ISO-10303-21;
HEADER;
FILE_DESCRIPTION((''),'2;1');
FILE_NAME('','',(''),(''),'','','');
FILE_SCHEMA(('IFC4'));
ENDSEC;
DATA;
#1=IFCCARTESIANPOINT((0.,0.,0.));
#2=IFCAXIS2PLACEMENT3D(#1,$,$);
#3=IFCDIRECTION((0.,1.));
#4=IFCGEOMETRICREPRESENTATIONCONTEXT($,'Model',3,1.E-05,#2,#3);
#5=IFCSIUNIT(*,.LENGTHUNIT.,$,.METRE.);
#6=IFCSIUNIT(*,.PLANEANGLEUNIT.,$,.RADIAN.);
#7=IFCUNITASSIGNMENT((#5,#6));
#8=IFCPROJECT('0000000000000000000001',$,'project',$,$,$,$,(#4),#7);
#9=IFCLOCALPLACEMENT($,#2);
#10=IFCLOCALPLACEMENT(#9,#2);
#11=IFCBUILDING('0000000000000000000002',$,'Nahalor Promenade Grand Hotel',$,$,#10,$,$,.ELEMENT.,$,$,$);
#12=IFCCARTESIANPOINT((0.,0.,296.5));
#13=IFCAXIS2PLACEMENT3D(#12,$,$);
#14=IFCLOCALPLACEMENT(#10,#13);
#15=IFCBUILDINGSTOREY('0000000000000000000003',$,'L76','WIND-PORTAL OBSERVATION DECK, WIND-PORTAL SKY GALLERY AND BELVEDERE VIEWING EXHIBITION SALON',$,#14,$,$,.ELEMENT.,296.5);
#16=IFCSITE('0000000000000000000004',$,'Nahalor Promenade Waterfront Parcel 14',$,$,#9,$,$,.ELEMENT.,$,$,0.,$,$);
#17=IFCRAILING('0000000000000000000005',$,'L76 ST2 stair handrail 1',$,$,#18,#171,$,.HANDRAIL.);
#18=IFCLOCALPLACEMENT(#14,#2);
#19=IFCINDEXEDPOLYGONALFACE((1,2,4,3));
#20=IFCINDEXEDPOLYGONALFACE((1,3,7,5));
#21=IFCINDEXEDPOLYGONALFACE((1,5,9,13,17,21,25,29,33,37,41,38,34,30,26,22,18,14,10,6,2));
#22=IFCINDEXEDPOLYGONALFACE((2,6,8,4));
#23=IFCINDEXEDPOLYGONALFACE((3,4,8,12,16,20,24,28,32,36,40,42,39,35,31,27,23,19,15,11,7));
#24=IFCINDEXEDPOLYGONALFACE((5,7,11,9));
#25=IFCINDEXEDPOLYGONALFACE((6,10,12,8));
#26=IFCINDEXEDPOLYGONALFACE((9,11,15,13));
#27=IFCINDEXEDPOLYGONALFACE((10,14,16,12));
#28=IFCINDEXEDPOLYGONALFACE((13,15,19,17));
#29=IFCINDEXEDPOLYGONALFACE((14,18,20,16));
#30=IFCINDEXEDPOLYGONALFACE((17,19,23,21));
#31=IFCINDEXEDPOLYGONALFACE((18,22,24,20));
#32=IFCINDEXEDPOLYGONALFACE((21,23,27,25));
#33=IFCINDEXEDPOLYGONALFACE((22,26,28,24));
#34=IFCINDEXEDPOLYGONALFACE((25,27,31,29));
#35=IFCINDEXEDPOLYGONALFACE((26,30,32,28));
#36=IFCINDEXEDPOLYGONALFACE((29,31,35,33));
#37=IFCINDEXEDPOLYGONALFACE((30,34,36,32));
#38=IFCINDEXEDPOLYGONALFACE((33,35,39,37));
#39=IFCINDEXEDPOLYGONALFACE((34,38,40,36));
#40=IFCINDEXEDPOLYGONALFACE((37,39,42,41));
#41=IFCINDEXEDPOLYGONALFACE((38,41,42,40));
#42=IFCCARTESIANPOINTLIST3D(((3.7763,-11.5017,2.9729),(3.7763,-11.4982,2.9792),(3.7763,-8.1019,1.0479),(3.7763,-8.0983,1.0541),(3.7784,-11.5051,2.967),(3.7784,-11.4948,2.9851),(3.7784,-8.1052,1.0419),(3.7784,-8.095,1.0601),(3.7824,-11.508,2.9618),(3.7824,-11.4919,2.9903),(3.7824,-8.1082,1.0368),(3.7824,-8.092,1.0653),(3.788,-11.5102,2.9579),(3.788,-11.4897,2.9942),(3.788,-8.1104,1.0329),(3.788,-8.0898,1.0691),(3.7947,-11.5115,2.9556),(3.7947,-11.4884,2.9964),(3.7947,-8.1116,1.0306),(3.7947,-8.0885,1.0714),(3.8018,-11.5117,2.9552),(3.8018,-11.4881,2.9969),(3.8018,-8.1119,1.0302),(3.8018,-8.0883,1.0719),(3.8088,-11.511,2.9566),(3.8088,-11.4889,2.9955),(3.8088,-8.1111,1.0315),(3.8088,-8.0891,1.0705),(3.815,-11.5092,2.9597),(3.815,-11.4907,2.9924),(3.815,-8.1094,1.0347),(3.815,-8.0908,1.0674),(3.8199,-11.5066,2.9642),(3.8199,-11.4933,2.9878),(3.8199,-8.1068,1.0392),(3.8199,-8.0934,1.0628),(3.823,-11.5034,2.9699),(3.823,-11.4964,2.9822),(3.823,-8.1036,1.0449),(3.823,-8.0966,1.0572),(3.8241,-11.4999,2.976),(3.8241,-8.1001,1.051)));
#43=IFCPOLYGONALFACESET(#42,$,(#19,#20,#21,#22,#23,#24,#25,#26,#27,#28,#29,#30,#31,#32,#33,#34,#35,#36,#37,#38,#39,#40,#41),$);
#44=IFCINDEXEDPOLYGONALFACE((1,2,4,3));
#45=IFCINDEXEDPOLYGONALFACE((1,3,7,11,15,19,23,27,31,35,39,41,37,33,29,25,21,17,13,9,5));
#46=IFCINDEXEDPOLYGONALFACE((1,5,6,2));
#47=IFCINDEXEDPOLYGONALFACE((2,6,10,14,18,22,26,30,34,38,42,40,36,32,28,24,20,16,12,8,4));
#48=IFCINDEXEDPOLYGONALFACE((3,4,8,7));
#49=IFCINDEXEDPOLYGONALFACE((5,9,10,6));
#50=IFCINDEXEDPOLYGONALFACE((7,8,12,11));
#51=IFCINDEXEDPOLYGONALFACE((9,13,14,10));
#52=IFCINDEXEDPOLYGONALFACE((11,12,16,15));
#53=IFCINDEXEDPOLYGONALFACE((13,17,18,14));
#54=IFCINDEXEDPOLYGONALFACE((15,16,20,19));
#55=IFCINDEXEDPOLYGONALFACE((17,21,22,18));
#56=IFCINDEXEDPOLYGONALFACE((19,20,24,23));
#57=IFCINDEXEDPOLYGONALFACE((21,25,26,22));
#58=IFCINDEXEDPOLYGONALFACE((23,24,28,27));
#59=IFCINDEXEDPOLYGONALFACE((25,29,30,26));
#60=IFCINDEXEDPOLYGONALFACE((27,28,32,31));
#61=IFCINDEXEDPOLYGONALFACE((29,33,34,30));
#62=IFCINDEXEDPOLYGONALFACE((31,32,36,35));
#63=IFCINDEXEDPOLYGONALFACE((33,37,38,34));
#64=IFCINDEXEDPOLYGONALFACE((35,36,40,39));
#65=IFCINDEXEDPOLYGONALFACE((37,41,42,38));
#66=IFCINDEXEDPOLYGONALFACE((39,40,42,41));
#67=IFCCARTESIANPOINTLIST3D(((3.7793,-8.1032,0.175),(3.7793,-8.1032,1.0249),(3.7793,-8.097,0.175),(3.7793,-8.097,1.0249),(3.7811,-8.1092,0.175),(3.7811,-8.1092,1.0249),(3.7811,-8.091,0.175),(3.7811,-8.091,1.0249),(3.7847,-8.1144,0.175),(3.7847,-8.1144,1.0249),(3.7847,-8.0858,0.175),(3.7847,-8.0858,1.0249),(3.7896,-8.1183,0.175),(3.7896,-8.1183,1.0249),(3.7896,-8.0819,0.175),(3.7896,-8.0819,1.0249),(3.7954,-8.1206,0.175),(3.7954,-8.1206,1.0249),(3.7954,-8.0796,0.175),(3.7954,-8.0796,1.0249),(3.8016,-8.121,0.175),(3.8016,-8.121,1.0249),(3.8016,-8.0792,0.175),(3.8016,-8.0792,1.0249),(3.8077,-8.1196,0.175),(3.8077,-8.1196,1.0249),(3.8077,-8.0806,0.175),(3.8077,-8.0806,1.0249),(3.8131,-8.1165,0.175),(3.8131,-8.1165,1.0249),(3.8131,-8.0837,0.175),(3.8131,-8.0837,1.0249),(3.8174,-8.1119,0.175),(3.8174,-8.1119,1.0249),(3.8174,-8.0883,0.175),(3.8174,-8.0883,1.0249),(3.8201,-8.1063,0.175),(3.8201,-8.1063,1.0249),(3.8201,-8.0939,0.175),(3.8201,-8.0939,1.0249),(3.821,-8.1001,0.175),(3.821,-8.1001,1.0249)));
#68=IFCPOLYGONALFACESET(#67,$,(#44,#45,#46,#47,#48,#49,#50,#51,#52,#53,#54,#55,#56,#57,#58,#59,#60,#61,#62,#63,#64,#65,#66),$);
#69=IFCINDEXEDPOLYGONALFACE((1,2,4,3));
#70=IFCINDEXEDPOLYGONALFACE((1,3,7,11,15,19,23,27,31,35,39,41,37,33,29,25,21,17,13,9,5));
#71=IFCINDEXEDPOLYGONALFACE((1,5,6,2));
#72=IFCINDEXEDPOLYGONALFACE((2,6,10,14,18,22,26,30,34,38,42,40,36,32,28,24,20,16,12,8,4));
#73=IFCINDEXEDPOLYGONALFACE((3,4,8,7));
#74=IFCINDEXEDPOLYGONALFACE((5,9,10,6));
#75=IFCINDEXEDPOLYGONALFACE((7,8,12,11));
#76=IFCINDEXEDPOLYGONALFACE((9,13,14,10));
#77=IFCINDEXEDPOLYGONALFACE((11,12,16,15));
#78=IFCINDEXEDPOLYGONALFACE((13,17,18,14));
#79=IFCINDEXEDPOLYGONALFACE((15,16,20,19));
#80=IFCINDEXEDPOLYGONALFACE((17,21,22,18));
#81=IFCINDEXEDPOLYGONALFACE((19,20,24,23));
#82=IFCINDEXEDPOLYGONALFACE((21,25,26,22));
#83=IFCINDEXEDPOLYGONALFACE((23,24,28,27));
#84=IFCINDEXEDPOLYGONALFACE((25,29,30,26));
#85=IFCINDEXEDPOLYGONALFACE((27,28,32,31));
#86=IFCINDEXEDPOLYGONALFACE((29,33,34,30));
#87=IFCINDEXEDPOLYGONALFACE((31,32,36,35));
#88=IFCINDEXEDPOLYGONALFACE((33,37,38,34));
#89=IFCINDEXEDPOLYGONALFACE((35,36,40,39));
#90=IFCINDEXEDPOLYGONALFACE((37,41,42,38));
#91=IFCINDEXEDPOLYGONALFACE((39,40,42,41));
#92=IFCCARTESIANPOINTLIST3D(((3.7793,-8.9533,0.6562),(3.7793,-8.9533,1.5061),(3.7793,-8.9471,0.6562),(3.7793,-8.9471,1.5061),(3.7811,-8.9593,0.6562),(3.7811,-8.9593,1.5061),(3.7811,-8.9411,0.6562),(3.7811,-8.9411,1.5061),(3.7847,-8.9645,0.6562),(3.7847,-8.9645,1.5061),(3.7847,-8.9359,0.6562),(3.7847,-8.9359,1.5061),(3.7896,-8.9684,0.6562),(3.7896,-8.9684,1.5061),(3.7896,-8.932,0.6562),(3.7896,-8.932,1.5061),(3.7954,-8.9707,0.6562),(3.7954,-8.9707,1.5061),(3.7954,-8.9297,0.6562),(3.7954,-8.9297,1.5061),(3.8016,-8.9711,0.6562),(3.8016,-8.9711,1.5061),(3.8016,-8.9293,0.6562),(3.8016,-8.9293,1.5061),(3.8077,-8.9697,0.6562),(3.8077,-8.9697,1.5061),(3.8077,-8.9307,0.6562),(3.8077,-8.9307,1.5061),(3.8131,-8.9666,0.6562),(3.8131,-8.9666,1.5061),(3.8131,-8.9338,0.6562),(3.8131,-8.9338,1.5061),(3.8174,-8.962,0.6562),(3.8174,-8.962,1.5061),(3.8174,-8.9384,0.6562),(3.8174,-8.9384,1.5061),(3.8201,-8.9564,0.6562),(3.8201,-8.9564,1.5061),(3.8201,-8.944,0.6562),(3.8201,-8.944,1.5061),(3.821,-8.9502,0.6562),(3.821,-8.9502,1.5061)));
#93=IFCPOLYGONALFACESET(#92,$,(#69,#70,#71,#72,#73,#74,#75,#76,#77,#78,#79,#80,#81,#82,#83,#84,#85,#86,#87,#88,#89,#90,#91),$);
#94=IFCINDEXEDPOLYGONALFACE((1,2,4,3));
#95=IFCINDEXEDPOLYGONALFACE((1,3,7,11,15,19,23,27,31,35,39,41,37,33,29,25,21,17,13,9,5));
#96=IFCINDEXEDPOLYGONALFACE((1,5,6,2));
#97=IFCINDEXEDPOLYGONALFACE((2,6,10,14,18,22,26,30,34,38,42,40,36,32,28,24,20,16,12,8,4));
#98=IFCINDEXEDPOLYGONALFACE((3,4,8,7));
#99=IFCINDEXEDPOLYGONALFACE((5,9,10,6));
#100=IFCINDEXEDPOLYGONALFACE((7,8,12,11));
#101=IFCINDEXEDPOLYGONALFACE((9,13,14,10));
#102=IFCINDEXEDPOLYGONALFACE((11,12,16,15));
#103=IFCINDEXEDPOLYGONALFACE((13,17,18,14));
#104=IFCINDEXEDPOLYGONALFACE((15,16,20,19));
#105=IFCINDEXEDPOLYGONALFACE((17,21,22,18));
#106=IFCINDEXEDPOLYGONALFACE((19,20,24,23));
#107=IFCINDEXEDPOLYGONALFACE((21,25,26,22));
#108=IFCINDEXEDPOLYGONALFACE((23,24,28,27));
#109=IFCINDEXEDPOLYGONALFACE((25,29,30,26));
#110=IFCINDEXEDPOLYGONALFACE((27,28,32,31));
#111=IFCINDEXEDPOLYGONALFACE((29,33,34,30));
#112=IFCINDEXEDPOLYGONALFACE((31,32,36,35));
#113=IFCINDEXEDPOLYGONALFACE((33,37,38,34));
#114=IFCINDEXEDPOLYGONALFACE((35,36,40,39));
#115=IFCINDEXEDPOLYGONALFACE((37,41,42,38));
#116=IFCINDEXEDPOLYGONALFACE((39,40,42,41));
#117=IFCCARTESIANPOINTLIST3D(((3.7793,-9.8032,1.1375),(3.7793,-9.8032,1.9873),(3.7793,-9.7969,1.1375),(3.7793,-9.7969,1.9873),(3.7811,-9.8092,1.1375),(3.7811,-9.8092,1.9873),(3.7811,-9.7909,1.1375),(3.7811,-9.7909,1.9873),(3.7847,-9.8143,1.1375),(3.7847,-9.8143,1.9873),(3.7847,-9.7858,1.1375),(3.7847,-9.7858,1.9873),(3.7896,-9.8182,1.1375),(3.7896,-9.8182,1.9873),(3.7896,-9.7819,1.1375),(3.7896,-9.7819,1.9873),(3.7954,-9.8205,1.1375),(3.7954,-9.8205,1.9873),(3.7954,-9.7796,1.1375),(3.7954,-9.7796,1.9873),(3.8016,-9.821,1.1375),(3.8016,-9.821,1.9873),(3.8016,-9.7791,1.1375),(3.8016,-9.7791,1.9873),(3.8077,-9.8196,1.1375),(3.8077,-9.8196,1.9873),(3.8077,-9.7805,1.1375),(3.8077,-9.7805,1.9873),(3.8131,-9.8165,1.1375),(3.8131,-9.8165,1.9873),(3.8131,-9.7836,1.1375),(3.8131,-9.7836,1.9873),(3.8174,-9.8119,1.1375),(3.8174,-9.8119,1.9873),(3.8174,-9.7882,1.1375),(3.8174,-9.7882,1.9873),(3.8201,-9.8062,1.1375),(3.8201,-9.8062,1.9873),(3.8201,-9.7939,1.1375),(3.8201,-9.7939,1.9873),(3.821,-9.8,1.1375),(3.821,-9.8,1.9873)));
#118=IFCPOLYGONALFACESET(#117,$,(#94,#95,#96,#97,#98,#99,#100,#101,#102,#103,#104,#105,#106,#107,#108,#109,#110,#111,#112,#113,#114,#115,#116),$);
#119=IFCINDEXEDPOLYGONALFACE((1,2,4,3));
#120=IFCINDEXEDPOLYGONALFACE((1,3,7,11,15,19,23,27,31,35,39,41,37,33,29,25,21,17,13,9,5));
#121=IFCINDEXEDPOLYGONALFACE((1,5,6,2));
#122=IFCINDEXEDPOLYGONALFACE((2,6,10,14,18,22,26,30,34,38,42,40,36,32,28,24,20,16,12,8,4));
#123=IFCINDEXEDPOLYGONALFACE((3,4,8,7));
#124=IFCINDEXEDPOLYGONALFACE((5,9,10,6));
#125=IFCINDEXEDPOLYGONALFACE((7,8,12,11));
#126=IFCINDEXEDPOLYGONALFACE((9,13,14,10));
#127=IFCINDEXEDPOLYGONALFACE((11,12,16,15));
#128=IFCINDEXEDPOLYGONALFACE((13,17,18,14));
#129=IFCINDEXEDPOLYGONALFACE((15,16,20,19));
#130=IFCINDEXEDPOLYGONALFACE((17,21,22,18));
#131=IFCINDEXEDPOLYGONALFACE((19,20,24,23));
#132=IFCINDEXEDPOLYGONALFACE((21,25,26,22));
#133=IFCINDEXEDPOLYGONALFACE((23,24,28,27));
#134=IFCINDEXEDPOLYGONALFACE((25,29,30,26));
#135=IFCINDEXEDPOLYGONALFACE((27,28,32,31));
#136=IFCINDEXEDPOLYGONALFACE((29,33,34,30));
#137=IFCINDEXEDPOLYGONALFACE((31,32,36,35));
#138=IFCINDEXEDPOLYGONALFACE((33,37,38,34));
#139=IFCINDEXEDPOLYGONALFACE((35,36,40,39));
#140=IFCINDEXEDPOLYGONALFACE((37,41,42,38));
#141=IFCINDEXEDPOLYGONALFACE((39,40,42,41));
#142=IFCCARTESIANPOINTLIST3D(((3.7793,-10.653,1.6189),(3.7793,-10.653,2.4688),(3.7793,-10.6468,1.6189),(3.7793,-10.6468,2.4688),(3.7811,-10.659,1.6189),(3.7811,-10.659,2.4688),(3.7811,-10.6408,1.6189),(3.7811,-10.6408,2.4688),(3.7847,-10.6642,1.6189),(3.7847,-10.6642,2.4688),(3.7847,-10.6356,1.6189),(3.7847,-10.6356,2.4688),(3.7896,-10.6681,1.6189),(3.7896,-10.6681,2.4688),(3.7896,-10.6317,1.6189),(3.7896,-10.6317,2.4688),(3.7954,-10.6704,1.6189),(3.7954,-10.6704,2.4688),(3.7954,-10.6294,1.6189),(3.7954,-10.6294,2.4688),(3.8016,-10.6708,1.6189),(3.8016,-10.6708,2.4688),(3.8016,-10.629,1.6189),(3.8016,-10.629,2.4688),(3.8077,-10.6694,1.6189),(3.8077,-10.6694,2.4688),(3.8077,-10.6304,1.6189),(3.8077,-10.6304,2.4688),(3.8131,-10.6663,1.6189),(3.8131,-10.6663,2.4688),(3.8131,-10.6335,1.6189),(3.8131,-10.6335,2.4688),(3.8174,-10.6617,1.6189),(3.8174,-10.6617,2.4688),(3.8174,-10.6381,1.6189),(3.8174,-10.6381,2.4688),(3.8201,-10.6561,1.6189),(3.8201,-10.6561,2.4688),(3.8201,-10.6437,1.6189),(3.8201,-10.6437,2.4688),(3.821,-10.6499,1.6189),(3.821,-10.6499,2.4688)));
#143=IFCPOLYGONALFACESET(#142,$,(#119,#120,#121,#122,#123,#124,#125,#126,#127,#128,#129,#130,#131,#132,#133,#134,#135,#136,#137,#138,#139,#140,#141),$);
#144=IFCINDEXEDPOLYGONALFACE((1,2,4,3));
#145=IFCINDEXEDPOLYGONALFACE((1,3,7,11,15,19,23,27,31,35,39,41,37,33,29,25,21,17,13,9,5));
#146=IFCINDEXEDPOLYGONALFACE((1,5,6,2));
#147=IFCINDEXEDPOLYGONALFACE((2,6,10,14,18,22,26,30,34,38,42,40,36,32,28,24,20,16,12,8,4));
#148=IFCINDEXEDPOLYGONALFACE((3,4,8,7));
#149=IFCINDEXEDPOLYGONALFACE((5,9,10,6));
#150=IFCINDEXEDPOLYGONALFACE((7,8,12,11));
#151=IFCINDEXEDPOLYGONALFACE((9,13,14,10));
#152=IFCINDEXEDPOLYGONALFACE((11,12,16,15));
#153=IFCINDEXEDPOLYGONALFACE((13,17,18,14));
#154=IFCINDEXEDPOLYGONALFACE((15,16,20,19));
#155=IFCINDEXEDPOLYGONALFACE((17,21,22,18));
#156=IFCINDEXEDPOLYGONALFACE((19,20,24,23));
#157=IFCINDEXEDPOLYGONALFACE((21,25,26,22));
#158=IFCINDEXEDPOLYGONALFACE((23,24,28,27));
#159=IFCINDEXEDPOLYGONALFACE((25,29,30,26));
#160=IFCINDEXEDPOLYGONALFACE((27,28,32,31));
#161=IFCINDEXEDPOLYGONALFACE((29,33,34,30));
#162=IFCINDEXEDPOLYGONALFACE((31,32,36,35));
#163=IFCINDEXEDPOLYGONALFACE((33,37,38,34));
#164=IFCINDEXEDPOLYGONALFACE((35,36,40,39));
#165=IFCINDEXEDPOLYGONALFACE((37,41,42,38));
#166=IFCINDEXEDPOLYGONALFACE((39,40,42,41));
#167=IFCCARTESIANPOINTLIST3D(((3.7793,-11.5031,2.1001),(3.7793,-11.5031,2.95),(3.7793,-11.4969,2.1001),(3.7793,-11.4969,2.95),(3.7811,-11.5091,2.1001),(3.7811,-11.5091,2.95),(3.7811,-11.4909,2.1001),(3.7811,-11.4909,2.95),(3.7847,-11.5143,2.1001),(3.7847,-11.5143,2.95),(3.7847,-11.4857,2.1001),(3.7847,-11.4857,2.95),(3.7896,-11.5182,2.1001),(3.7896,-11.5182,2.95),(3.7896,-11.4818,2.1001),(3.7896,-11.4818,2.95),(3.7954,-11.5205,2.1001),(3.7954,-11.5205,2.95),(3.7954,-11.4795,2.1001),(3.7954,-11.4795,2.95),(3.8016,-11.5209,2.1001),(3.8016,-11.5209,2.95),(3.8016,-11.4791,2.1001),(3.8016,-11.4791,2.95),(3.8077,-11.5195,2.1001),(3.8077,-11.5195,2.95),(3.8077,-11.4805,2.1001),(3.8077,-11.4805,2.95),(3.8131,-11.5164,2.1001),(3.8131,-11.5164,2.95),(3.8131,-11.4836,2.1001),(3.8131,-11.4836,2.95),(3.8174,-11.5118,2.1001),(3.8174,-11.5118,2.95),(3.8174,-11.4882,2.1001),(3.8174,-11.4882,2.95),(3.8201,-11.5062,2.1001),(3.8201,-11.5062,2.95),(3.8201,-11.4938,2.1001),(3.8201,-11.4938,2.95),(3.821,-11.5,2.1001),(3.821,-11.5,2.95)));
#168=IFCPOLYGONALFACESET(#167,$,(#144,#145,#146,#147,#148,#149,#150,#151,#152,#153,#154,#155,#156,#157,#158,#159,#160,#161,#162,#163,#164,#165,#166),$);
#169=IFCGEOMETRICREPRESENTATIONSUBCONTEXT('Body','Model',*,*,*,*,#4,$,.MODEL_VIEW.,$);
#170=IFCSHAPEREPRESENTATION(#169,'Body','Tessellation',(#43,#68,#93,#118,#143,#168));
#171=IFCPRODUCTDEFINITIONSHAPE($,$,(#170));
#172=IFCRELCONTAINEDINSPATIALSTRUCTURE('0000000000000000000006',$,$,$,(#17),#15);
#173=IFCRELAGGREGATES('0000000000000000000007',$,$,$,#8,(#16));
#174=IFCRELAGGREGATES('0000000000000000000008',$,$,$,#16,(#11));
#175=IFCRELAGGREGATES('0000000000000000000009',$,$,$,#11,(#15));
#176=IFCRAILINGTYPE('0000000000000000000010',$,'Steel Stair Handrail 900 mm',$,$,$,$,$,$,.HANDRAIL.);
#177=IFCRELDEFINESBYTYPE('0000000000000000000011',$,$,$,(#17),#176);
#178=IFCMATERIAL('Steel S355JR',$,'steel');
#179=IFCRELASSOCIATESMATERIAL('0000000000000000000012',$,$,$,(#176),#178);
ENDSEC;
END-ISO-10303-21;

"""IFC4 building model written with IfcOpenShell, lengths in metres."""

from ifc_helpers import new_model, si_unit, direction, frame, origin, origin_2d, place, context, subcontext, project, spatial, circle, extrude, material, type_object, element, save


model = new_model("IFC4")

# Units and contexts
model_context = context("Model", 3, precision=1e-05, world=origin(), true_north=direction((0.0, 1.0)))
body_context = subcontext(model_context, "Body", "Model", "MODEL_VIEW")
ifc_project = project(units=[si_unit("LENGTHUNIT", "METRE"), si_unit("PLANEANGLEUNIT", "RADIAN")], contexts=[model_context])

# Site, building, storey
site_placement = place(None, origin())
site = spatial("IfcSite", under=ifc_project, at=site_placement, Name="Nahalor Promenade Waterfront Parcel 14", CompositionType="ELEMENT", RefElevation=0.0)
building_placement = place(site_placement, origin())
building = spatial("IfcBuilding", under=site, at=building_placement, Name="Nahalor Promenade Grand Hotel", CompositionType="ELEMENT")
storey_placement = place(building_placement, frame((0.0, 0.0, 296.5)))
storey = spatial("IfcBuildingStorey", under=building, at=storey_placement, Name="L76", Description="WIND-PORTAL OBSERVATION DECK, WIND-PORTAL SKY GALLERY AND BELVEDERE VIEWING EXHIBITION SALON", CompositionType="ELEMENT", Elevation=296.5)

# Shared definitions
ifc_material_1 = material(Name="Steel S355JR", Category="steel")

# Railing
railing_type_1 = type_object("IfcRailingType", Name="Steel Stair Handrail 900 mm", PredefinedType="HANDRAIL", material=ifc_material_1)
railing_1_placement = place(storey_placement, frame((3.8, -8.1001, 0.175)))
element("IfcRailing", 1, at=railing_1_placement, inside=storey, type_object=railing_type_1, Name="L76 ST2 stair handrail 1", PredefinedType="HANDRAIL", context=body_context, shape_type="SweptSolid", body=[
    extrude(circle(Radius=0.024, at=origin_2d()), frame((0.0, 0.0, 0.876), z_axis=(0.0, -0.870194, 0.49271), x_axis=(1.0, 0.0, 0.0)), (0.0, 0.0, 1.0), 3.907),
    extrude(circle(Radius=0.021, at=origin_2d()), origin(), (0.0, 0.0, 1.0), 0.8499),
    extrude(circle(Radius=0.021, at=origin_2d()), frame((0.0, -0.8501, 0.4812)), (0.0, 0.0, 1.0), 0.8499),
    extrude(circle(Radius=0.021, at=origin_2d()), frame((0.0, -1.7, 0.9624)), (0.0, 0.0, 1.0), 0.8499),
    extrude(circle(Radius=0.021, at=origin_2d()), frame((0.0, -2.5498, 1.4438)), (0.0, 0.0, 1.0), 0.8499),
    extrude(circle(Radius=0.021, at=origin_2d()), frame((0.0, -3.3999, 1.925)), (0.0, 0.0, 1.0), 0.8499),
])

save(model, "model.ifc")
